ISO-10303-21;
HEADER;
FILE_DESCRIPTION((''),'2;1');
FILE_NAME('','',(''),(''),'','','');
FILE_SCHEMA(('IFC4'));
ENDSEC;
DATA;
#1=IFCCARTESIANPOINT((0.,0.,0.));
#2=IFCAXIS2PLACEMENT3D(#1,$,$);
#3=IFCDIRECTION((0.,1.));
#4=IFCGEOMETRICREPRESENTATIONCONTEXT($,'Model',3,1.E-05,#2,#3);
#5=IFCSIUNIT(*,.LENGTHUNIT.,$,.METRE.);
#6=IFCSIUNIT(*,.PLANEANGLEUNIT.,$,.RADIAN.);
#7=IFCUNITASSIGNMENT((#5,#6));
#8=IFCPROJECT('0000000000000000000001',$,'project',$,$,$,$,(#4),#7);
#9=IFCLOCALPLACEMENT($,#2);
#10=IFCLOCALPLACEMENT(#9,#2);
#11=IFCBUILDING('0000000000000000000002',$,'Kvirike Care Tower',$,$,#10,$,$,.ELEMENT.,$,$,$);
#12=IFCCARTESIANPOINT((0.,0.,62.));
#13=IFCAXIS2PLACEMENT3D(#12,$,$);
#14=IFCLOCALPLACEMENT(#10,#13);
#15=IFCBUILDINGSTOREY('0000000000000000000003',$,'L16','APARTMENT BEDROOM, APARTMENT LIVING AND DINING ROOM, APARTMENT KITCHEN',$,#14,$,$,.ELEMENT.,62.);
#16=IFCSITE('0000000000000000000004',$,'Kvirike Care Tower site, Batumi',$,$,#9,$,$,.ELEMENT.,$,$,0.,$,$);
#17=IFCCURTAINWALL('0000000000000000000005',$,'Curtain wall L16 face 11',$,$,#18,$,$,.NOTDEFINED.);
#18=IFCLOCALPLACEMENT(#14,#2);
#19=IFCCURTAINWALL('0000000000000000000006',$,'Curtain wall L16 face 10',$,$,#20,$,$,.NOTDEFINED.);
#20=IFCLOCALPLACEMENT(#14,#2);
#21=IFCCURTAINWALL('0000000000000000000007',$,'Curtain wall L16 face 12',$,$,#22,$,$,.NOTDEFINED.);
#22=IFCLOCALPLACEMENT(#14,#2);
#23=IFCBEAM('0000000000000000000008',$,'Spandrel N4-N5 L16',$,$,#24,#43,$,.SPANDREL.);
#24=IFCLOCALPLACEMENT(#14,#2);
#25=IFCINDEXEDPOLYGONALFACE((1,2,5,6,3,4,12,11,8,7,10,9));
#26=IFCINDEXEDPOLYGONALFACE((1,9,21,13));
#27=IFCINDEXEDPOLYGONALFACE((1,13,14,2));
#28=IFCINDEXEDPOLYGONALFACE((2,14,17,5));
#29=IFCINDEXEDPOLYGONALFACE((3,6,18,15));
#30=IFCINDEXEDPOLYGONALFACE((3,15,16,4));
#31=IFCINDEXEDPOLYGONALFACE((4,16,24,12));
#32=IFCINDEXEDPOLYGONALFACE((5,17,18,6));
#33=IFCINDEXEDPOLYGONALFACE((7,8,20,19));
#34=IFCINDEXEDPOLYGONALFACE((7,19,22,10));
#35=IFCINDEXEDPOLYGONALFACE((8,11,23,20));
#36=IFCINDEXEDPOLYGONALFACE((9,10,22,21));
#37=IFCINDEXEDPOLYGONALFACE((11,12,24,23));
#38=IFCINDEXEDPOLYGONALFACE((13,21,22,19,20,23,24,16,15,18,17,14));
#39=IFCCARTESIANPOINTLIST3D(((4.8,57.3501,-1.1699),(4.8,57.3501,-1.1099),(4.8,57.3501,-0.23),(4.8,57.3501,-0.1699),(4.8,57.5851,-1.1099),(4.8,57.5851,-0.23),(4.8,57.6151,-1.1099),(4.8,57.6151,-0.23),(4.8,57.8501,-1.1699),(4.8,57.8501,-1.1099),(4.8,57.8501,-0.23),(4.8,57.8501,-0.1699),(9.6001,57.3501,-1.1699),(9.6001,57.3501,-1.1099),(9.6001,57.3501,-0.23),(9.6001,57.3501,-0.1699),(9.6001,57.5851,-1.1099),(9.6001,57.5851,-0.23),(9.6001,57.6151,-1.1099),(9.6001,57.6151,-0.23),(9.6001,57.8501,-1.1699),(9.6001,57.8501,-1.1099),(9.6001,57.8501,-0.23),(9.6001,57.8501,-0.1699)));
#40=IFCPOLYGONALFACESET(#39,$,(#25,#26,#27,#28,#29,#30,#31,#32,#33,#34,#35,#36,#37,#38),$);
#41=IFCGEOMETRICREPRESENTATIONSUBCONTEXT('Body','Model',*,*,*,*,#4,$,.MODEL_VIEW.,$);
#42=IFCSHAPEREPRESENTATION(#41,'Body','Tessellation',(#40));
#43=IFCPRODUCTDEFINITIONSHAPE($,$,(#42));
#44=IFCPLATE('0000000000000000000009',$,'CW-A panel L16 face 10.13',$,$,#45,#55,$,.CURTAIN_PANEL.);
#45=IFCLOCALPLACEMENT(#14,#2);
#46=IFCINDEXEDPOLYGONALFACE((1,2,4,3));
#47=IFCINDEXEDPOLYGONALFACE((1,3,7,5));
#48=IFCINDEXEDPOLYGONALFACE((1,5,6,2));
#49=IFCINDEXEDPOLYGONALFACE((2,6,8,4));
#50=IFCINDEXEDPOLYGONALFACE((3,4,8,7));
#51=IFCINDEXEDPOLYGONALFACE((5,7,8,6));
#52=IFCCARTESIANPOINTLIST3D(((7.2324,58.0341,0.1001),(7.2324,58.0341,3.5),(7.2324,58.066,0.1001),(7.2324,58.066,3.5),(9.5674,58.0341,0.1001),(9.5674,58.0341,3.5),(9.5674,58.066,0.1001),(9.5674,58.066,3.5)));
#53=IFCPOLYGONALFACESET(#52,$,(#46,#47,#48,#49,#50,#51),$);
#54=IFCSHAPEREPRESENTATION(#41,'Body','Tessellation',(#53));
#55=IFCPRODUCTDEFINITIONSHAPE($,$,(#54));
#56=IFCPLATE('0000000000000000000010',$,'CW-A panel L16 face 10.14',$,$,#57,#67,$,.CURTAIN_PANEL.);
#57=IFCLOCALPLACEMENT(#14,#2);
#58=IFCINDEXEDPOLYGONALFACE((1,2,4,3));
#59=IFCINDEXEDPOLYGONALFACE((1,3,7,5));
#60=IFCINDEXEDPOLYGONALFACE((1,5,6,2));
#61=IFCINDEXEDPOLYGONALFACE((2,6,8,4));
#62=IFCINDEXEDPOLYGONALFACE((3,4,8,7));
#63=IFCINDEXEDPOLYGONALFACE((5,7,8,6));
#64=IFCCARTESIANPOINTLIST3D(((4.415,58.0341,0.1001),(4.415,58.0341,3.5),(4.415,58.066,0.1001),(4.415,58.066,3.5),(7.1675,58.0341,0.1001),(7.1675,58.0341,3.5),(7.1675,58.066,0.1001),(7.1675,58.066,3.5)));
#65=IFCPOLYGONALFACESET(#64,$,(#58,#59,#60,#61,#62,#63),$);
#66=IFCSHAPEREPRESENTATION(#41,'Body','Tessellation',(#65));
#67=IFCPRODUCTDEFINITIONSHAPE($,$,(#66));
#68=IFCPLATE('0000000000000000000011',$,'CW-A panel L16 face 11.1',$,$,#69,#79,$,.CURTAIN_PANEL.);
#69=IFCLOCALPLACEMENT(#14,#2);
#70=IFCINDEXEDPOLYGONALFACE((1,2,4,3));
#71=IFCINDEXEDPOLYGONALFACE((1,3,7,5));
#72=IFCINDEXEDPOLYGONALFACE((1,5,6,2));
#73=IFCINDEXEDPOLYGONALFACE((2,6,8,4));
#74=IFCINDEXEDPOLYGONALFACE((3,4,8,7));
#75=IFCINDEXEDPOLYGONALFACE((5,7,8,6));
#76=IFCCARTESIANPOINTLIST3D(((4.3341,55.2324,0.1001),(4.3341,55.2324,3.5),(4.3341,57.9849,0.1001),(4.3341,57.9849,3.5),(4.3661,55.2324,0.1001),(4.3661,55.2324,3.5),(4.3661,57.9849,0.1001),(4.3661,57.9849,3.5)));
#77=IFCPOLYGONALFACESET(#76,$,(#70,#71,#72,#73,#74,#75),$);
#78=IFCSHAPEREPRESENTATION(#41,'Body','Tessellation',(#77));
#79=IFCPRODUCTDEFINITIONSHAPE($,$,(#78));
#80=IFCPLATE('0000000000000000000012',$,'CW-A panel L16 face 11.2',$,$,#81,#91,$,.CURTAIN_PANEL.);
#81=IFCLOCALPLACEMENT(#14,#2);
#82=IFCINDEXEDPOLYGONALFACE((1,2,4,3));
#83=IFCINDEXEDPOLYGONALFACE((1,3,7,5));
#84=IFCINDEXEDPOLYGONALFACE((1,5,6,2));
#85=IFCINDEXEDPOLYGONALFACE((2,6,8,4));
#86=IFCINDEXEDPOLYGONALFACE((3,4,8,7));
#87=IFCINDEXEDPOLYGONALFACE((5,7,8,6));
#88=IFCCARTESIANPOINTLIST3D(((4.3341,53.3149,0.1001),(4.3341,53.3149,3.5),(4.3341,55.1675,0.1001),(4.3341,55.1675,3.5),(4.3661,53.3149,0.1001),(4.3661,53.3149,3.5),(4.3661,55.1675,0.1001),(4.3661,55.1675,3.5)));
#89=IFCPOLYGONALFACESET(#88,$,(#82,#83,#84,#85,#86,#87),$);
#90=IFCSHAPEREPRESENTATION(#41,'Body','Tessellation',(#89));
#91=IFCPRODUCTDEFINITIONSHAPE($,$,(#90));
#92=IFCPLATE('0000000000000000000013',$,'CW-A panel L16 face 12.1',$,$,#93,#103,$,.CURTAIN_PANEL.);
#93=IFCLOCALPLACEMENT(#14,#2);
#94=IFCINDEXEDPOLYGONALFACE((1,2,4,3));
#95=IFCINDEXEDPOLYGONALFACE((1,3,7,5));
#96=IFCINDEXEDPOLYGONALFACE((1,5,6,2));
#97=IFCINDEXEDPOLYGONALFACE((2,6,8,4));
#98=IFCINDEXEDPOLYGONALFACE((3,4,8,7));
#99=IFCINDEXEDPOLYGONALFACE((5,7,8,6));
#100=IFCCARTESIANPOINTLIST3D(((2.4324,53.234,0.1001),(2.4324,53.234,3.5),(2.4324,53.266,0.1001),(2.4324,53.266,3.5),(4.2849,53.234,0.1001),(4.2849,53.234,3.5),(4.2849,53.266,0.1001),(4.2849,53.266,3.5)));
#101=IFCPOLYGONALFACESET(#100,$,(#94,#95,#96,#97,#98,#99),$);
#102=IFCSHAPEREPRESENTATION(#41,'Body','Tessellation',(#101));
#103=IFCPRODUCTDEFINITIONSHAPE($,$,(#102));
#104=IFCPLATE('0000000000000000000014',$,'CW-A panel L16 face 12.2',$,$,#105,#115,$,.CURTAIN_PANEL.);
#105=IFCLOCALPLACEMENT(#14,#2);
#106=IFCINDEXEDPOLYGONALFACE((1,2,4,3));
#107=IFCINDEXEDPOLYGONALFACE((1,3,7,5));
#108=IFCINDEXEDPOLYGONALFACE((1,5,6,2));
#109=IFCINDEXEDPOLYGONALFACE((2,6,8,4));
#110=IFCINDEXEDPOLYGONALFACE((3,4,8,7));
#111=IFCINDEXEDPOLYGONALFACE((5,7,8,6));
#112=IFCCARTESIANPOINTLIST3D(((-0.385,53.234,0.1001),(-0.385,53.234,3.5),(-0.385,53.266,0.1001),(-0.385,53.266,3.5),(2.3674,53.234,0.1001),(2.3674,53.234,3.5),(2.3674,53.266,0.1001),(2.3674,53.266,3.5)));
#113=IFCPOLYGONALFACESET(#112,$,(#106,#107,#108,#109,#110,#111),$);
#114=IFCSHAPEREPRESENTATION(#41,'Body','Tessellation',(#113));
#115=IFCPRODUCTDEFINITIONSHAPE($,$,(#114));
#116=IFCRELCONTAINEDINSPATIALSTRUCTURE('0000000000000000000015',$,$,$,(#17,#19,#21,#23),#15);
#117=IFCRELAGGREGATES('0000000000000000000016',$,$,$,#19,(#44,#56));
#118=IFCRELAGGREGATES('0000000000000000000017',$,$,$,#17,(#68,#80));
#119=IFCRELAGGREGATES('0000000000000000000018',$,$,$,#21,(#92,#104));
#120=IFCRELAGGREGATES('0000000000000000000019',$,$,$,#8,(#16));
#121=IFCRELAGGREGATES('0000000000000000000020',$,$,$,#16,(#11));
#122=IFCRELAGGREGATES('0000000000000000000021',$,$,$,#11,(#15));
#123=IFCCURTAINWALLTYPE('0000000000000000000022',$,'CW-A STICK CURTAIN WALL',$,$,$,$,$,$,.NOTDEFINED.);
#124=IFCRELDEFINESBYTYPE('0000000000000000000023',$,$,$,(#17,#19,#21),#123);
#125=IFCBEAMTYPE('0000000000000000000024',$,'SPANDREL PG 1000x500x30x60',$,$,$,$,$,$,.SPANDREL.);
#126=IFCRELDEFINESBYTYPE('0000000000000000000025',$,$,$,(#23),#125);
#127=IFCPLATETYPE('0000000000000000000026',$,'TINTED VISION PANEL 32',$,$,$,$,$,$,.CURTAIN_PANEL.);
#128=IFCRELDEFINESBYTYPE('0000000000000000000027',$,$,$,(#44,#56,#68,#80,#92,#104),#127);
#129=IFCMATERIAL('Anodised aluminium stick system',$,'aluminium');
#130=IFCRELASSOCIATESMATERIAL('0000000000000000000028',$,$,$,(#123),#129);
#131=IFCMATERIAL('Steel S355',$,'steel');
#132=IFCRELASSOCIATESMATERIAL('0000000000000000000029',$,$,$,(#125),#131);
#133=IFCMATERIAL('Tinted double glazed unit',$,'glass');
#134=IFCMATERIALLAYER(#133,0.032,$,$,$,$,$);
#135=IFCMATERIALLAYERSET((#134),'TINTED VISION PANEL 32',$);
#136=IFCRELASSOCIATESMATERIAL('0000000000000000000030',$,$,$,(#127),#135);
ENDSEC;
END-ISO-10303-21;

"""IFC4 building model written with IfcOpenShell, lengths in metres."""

from ifc_helpers import new_model, si_unit, direction, frame, origin, origin_2d, place, context, subcontext, project, spatial, rectangle, i_section, extrude, material, layer, layer_set, material_profile, profile_set, type_object, element, aggregate, save


model = new_model("IFC4")

# Units and contexts
model_context = context("Model", 3, precision=1e-05, world=origin(), true_north=direction((0.0, 1.0)))
body_context = subcontext(model_context, "Body", "Model", "MODEL_VIEW")
ifc_project = project(units=[si_unit("LENGTHUNIT", "METRE"), si_unit("PLANEANGLEUNIT", "RADIAN")], contexts=[model_context])

# Site, building, storey
site_placement = place(None, origin())
site = spatial("IfcSite", under=ifc_project, at=site_placement, Name="Kvirike Care Tower site, Batumi", CompositionType="ELEMENT", RefElevation=0.0)
building_placement = place(site_placement, origin())
building = spatial("IfcBuilding", under=site, at=building_placement, Name="Kvirike Care Tower", CompositionType="ELEMENT")
storey_placement = place(building_placement, frame((0.0, 0.0, 62.0)))
storey = spatial("IfcBuildingStorey", under=building, at=storey_placement, Name="L16", Description="APARTMENT BEDROOM, APARTMENT LIVING AND DINING ROOM, APARTMENT KITCHEN", CompositionType="ELEMENT", Elevation=62.0)

# Curtain wall
ifc_material_1 = material(Name="Anodised aluminium stick system", Category="aluminium")
curtain_wall_type = type_object("IfcCurtainWallType", Name="CW-A STICK CURTAIN WALL", PredefinedType="NOTDEFINED", material=ifc_material_1)
curtain_wall_1_placement = place(storey_placement, origin())
curtain_wall_1 = element("IfcCurtainWall", 1, at=curtain_wall_1_placement, inside=storey, type_object=curtain_wall_type, Name="Curtain wall L16 face 11", PredefinedType="NOTDEFINED")

# Curtain wall
curtain_wall_2_placement = place(storey_placement, origin())
curtain_wall_2 = element("IfcCurtainWall", 2, at=curtain_wall_2_placement, inside=storey, type_object=curtain_wall_type, Name="Curtain wall L16 face 10", PredefinedType="NOTDEFINED")

# Curtain wall
curtain_wall_3_placement = place(storey_placement, origin())
curtain_wall_3 = element("IfcCurtainWall", 3, at=curtain_wall_3_placement, inside=storey, type_object=curtain_wall_type, Name="Curtain wall L16 face 12", PredefinedType="NOTDEFINED")

# Beam
ifc_material_2 = material(Name="Steel S355", Category="steel")
ifc_material_profile_1 = material_profile(ifc_material_2, i_section(OverallWidth=0.5, OverallDepth=1.0, WebThickness=0.03, FlangeThickness=0.0601, at=origin_2d()), Name="PG 1000x500x30x60")
ifc_profile_set_1 = profile_set([ifc_material_profile_1], Name="Steel S355")
beam_type = type_object("IfcBeamType", Name="SPANDREL PG 1000x500x30x60", PredefinedType="SPANDREL", material=ifc_profile_set_1)
beam_placement = place(storey_placement, frame((4.8, 57.6001, -0.6699), z_axis=(1.0, 0.0, 0.0), x_axis=(0.0, 1.0, 0.0)))
element("IfcBeam", 4, at=beam_placement, inside=storey, type_object=beam_type, Name="Spandrel N4-N5 L16", PredefinedType="SPANDREL", context=body_context, shape_type="SweptSolid", body=[
    extrude(i_section(OverallWidth=0.5, OverallDepth=1.0, WebThickness=0.03, FlangeThickness=0.0601, at=origin_2d()), origin(), (0.0, 0.0, 1.0), 4.8),
])

# Plates
ifc_material_3 = material(Name="Tinted double glazed unit", Category="glass")
ifc_layer = layer(ifc_material_3, 0.032)
ifc_layer_set = layer_set([ifc_layer], Name="TINTED VISION PANEL 32")
plate_type = type_object("IfcPlateType", Name="TINTED VISION PANEL 32", PredefinedType="CURTAIN_PANEL", material=ifc_layer_set)
plate_1_placement = place(storey_placement, frame((8.3999, 58.05, 0.1001), z_axis=(0.0, 0.0, 1.0), x_axis=(-1.0, 0.0, 0.0)))
plate_1 = element("IfcPlate", 5, at=plate_1_placement, type_object=plate_type, Name="CW-A panel L16 face 10.13", PredefinedType="CURTAIN_PANEL", context=body_context, shape_type="SweptSolid", body=[
    extrude(rectangle(XDim=2.335, YDim=0.032, at=origin_2d()), origin(), (0.0, 0.0, 1.0), 3.3999),
])
plate_2_placement = place(storey_placement, frame((5.7913, 58.05, 0.1001), z_axis=(0.0, 0.0, 1.0), x_axis=(-1.0, 0.0, 0.0)))
plate_2 = element("IfcPlate", 6, at=plate_2_placement, type_object=plate_type, Name="CW-A panel L16 face 10.14", PredefinedType="CURTAIN_PANEL", context=body_context, shape_type="SweptSolid", body=[
    extrude(rectangle(XDim=2.7524, YDim=0.032, at=origin_2d()), origin(), (0.0, 0.0, 1.0), 3.3999),
])
aggregate(curtain_wall_2, [plate_1, plate_2])
plate_3_placement = place(storey_placement, frame((4.3501, 56.6086, 0.1001), z_axis=(0.0, 0.0, 1.0), x_axis=(0.0, -1.0, 0.0)))
plate_3 = element("IfcPlate", 7, at=plate_3_placement, type_object=plate_type, Name="CW-A panel L16 face 11.1", PredefinedType="CURTAIN_PANEL", context=body_context, shape_type="SweptSolid", body=[
    extrude(rectangle(XDim=2.7524, YDim=0.032, at=origin_2d()), origin(), (0.0, 0.0, 1.0), 3.3999),
])
plate_4_placement = place(storey_placement, frame((4.3501, 54.2412, 0.1001), z_axis=(0.0, 0.0, 1.0), x_axis=(0.0, -1.0, 0.0)))
plate_4 = element("IfcPlate", 8, at=plate_4_placement, type_object=plate_type, Name="CW-A panel L16 face 11.2", PredefinedType="CURTAIN_PANEL", context=body_context, shape_type="SweptSolid", body=[
    extrude(rectangle(XDim=1.8525, YDim=0.032, at=origin_2d()), origin(), (0.0, 0.0, 1.0), 3.3999),
])
aggregate(curtain_wall_1, [plate_3, plate_4])
plate_5_placement = place(storey_placement, frame((3.3586, 53.25, 0.1001), z_axis=(0.0, 0.0, 1.0), x_axis=(-1.0, 0.0, 0.0)))
plate_5 = element("IfcPlate", 9, at=plate_5_placement, type_object=plate_type, Name="CW-A panel L16 face 12.1", PredefinedType="CURTAIN_PANEL", context=body_context, shape_type="SweptSolid", body=[
    extrude(rectangle(XDim=1.8525, YDim=0.032, at=origin_2d()), origin(), (0.0, 0.0, 1.0), 3.3999),
])
plate_6_placement = place(storey_placement, frame((0.9912, 53.25, 0.1001), z_axis=(0.0, 0.0, 1.0), x_axis=(-1.0, 0.0, 0.0)))
plate_6 = element("IfcPlate", 10, at=plate_6_placement, type_object=plate_type, Name="CW-A panel L16 face 12.2", PredefinedType="CURTAIN_PANEL", context=body_context, shape_type="SweptSolid", body=[
    extrude(rectangle(XDim=2.7524, YDim=0.032, at=origin_2d()), origin(), (0.0, 0.0, 1.0), 3.3999),
])
aggregate(curtain_wall_3, [plate_5, plate_6])

save(model, "model.ifc")
